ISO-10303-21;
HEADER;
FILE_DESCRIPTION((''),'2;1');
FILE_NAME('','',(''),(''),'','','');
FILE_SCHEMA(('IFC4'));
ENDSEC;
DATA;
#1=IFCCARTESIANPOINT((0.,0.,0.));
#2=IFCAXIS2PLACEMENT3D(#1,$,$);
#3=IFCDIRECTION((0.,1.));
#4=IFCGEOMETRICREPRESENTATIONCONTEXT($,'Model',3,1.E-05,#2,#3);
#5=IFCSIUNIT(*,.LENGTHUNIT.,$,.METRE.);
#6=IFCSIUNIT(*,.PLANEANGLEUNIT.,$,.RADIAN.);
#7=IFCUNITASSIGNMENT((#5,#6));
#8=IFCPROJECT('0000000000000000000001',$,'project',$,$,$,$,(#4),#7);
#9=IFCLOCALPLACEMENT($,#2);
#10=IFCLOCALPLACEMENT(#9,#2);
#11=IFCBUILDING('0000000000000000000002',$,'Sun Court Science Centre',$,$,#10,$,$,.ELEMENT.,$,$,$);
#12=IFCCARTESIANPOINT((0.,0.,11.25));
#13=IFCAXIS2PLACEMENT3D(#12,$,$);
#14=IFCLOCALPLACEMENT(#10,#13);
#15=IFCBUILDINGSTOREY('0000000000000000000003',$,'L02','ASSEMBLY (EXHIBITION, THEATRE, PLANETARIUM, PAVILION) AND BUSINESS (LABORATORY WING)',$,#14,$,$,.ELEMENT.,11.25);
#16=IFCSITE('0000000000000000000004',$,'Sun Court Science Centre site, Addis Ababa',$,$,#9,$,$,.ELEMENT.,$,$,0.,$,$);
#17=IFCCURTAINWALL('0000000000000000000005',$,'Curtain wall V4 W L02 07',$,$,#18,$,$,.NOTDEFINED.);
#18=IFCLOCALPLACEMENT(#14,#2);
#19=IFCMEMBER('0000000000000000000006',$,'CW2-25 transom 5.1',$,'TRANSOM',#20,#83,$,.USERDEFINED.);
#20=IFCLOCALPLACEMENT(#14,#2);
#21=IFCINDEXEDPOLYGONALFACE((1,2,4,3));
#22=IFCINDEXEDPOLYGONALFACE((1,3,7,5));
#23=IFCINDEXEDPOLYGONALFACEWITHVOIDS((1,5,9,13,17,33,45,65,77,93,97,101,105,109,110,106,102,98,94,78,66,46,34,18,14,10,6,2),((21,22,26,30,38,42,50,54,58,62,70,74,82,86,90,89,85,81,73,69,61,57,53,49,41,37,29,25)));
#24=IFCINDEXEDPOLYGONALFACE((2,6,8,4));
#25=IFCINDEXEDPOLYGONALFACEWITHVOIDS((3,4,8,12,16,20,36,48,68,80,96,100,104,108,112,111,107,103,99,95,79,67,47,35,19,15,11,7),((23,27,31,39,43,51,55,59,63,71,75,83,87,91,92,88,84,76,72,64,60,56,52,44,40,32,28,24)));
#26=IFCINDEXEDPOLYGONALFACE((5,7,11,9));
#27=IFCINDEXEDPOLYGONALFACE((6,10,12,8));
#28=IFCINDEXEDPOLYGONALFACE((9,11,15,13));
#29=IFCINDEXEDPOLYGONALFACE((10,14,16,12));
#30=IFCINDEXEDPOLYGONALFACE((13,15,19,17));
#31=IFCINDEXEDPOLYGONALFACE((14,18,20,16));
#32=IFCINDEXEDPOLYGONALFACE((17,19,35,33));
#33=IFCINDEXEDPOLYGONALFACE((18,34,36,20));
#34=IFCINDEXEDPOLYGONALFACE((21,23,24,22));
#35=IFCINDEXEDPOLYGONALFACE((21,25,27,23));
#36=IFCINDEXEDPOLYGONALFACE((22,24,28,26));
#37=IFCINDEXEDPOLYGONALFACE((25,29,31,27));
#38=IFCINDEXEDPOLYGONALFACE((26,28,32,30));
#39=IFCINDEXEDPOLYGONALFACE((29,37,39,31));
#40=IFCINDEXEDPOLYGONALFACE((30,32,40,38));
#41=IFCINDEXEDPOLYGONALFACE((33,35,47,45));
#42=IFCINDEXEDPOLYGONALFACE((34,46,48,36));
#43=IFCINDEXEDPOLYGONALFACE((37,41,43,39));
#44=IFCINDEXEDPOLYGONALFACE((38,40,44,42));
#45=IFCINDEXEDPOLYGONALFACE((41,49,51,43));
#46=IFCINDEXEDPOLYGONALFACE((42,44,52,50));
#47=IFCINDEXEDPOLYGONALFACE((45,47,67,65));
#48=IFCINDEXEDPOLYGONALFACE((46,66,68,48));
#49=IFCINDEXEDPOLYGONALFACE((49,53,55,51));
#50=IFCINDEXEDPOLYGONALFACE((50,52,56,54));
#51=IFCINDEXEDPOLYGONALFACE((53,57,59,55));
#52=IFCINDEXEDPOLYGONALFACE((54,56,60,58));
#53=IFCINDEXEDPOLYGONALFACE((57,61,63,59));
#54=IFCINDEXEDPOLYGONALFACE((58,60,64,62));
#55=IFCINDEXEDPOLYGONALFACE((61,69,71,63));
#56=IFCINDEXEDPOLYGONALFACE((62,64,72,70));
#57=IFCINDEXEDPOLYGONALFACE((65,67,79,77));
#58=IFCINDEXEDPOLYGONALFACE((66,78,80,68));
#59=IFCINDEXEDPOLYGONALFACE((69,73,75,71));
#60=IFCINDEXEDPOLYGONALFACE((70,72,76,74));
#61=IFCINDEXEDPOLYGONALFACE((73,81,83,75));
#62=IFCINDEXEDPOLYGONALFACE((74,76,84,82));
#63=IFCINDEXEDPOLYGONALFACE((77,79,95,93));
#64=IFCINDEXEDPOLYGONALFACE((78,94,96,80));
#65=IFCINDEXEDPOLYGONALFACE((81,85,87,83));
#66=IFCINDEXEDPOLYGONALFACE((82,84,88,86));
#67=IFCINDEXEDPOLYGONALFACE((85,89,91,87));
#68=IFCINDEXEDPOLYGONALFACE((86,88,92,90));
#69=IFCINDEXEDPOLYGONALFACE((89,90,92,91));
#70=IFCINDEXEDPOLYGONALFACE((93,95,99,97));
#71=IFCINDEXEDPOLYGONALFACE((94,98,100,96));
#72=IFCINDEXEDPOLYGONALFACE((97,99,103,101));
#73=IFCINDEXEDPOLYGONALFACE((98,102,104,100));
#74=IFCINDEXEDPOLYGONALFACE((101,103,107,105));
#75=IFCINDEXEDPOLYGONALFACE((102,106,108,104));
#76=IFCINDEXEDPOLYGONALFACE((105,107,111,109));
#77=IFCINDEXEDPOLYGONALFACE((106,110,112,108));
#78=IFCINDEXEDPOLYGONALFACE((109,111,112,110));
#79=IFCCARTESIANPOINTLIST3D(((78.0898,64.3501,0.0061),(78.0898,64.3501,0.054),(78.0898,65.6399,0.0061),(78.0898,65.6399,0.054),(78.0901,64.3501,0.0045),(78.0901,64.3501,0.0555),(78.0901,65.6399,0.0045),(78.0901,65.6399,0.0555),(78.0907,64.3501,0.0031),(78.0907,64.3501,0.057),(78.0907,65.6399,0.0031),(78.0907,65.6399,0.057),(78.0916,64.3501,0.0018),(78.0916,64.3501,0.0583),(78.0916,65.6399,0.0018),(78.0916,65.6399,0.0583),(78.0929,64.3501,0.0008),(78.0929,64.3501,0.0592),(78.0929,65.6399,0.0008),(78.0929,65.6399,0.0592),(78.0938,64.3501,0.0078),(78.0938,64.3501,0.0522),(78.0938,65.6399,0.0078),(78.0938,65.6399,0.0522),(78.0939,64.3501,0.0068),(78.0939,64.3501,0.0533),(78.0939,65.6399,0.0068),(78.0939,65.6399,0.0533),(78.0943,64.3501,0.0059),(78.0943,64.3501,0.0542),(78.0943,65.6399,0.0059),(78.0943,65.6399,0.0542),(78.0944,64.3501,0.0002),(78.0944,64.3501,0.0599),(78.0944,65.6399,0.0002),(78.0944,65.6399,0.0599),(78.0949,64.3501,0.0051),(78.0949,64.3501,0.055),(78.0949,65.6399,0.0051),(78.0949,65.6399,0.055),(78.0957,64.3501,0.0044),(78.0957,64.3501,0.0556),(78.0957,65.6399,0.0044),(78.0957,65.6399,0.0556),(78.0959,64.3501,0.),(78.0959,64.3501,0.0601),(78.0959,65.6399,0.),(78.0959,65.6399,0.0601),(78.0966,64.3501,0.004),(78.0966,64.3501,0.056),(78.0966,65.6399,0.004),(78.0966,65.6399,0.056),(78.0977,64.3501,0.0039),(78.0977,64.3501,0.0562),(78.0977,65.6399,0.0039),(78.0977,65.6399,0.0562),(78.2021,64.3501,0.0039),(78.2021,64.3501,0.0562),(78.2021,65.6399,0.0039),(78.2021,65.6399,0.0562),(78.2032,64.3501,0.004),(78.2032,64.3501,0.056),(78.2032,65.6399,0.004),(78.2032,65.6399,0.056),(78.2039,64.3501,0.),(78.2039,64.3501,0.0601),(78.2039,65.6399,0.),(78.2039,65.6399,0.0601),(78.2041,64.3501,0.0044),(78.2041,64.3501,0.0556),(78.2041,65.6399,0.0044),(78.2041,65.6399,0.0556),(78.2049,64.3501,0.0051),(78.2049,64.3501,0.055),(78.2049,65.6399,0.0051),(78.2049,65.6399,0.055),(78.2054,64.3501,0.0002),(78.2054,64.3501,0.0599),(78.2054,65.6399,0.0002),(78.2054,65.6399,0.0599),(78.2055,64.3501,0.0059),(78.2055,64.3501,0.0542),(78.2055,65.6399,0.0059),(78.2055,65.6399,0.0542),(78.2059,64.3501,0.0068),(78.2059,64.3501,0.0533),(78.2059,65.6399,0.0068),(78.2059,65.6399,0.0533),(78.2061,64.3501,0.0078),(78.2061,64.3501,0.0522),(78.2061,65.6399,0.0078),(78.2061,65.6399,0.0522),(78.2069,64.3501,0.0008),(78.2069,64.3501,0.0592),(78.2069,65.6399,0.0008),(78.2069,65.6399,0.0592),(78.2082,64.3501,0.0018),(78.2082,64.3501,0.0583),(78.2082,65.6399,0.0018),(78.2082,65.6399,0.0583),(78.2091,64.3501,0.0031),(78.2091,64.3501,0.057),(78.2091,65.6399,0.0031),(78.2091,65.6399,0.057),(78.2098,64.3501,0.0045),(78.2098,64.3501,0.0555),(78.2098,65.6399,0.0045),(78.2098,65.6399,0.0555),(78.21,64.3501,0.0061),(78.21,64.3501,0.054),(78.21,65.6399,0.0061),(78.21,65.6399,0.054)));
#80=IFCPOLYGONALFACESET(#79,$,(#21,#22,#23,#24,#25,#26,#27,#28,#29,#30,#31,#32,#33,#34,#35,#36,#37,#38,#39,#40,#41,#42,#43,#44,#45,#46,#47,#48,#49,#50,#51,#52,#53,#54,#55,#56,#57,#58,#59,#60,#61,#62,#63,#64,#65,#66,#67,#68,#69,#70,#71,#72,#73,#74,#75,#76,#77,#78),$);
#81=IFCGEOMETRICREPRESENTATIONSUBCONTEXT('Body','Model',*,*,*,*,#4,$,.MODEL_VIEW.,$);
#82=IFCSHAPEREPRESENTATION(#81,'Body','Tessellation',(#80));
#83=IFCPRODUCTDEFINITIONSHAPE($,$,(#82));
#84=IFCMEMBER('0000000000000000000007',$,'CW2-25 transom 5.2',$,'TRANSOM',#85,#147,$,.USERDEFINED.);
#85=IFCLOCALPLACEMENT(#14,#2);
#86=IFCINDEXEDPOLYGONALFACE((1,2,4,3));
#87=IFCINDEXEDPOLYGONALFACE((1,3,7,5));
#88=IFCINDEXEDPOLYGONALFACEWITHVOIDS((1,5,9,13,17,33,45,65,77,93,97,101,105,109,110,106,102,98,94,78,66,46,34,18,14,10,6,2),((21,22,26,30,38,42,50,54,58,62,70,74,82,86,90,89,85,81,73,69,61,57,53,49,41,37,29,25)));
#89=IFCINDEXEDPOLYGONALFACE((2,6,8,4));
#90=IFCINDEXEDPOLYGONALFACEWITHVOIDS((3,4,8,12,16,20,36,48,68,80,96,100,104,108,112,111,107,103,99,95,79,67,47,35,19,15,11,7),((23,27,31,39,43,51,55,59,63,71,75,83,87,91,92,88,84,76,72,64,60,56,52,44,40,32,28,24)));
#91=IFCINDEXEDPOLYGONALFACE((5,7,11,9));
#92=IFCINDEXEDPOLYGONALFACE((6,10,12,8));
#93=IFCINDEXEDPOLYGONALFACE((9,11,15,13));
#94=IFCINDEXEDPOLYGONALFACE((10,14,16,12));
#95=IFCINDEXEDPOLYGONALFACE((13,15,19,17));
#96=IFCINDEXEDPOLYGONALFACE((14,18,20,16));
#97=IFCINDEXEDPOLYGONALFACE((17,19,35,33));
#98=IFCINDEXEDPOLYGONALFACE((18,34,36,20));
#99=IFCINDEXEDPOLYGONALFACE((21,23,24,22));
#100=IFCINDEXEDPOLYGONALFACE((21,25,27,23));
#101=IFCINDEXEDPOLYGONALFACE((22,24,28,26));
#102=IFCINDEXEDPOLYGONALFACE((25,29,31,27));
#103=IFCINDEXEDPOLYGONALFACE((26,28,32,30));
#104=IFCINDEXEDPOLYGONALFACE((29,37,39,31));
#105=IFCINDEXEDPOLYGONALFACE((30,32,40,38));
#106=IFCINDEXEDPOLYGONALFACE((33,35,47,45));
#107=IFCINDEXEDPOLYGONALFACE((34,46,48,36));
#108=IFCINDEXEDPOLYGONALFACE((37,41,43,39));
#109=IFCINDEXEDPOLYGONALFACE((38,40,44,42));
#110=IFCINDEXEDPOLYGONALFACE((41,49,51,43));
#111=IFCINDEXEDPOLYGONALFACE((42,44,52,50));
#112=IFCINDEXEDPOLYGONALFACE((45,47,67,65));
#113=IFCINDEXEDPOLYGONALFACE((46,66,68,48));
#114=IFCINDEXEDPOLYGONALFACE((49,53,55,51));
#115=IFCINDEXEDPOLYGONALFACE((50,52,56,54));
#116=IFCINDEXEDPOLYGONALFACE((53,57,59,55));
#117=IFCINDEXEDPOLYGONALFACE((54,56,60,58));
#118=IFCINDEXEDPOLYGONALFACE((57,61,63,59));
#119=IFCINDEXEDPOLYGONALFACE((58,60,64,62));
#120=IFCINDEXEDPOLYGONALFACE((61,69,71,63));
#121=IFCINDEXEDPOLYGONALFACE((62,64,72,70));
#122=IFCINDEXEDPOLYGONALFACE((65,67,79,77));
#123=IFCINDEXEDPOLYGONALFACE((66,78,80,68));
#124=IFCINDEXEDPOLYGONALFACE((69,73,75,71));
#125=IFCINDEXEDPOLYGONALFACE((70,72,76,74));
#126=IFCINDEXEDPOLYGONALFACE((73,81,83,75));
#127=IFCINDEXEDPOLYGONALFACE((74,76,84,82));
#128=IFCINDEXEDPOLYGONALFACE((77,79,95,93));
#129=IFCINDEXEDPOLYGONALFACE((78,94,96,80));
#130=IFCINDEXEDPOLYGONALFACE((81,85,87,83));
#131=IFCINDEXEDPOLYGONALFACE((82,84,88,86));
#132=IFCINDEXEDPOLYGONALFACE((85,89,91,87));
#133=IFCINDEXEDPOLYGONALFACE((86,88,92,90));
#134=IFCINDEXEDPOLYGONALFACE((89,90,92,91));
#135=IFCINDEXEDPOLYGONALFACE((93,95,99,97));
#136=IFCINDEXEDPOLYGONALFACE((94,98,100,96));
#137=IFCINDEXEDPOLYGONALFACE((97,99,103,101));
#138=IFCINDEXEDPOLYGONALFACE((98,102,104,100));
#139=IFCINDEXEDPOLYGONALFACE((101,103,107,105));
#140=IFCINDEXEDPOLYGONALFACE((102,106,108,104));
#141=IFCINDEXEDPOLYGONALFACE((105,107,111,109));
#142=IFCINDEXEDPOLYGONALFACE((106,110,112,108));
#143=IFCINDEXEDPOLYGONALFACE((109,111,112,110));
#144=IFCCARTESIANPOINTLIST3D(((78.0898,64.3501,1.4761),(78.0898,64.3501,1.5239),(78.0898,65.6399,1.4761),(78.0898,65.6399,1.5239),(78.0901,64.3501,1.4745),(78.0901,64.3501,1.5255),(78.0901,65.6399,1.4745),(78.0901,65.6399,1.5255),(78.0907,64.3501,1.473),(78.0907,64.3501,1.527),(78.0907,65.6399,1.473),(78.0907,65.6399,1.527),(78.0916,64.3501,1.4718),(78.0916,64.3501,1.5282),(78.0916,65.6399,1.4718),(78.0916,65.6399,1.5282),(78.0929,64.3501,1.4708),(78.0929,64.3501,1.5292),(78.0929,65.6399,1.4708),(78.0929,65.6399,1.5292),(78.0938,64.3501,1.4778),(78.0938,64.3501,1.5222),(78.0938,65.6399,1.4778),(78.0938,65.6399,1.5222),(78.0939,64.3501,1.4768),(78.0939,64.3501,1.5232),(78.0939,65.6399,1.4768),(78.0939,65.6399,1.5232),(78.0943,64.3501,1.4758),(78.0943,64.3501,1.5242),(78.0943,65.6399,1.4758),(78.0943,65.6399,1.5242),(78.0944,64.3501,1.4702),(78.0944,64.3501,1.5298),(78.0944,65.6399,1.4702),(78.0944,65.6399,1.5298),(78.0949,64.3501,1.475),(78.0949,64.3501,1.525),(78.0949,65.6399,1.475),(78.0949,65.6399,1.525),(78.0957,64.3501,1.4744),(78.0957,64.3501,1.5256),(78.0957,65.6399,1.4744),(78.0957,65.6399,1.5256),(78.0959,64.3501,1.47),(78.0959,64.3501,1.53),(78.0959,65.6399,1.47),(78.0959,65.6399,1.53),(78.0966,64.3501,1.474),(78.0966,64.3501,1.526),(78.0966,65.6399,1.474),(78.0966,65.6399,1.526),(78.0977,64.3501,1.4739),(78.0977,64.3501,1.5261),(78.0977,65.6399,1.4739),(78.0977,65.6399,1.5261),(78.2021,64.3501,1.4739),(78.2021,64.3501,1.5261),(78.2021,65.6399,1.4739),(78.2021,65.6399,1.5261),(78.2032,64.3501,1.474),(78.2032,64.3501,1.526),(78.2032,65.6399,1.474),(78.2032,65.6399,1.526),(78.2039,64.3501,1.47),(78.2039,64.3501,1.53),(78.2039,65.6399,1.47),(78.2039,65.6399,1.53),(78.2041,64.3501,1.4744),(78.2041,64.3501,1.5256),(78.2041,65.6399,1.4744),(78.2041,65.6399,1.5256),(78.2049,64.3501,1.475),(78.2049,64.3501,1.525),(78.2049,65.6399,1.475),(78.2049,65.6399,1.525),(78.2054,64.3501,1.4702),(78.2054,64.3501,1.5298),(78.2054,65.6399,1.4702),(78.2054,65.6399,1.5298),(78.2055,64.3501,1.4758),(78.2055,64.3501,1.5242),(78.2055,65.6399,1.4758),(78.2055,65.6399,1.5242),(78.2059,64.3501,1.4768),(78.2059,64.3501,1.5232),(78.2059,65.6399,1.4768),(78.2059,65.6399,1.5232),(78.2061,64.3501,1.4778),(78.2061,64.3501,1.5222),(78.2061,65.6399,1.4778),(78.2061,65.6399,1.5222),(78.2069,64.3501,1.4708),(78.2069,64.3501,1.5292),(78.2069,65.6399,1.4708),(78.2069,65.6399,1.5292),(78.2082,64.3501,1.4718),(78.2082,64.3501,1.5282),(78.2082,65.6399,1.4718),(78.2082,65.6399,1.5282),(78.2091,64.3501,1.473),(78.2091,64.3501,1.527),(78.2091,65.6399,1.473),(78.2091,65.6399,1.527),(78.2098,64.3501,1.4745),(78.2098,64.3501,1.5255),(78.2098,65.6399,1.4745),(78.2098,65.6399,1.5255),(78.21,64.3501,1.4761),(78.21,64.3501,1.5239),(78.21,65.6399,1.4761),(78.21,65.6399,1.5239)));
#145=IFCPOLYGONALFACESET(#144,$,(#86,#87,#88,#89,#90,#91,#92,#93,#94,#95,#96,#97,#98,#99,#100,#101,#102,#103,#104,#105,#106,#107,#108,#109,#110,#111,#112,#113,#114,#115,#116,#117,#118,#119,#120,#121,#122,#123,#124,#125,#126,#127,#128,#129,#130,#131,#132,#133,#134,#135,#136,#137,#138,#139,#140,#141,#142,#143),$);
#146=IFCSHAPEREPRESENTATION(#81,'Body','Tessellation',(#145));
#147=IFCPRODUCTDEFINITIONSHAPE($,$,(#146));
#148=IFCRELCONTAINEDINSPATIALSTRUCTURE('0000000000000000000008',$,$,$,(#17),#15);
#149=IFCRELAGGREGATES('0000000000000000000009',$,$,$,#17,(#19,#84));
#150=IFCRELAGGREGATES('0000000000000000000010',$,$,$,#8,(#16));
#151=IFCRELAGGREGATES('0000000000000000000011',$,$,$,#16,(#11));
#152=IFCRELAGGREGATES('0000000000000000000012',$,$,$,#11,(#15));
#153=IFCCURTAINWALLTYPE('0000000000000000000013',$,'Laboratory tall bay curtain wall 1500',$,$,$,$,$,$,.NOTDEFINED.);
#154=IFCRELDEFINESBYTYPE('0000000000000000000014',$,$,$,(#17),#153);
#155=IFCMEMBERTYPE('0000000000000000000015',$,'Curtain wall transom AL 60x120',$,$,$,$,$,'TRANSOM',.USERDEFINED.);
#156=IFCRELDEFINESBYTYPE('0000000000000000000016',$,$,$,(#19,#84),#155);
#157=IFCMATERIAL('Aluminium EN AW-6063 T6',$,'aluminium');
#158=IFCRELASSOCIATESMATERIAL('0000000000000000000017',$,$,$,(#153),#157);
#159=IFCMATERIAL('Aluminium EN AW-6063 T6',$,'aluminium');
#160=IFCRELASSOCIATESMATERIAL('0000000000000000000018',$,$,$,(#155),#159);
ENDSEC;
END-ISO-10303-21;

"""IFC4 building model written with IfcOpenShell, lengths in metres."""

from ifc_helpers import new_model, si_unit, direction, frame, origin, origin_2d, place, context, subcontext, project, spatial, hollow_rectangle, extrude, material, material_profile, profile_set, type_object, element, aggregate, save


model = new_model("IFC4")

# Units and contexts
model_context = context("Model", 3, precision=1e-05, world=origin(), true_north=direction((0.0, 1.0)))
body_context = subcontext(model_context, "Body", "Model", "MODEL_VIEW")
ifc_project = project(units=[si_unit("LENGTHUNIT", "METRE"), si_unit("PLANEANGLEUNIT", "RADIAN")], contexts=[model_context])

# Site, building, storey
site_placement = place(None, origin())
site = spatial("IfcSite", under=ifc_project, at=site_placement, Name="Sun Court Science Centre site, Addis Ababa", CompositionType="ELEMENT", RefElevation=0.0)
building_placement = place(site_placement, origin())
building = spatial("IfcBuilding", under=site, at=building_placement, Name="Sun Court Science Centre", CompositionType="ELEMENT")
storey_placement = place(building_placement, frame((0.0, 0.0, 11.25)))
storey = spatial("IfcBuildingStorey", under=building, at=storey_placement, Name="L02", Description="ASSEMBLY (EXHIBITION, THEATRE, PLANETARIUM, PAVILION) AND BUSINESS (LABORATORY WING)", CompositionType="ELEMENT", Elevation=11.25)

# Curtain wall
ifc_material_1 = material(Name="Aluminium EN AW-6063 T6", Category="aluminium")
curtain_wall_type = type_object("IfcCurtainWallType", Name="Laboratory tall bay curtain wall 1500", PredefinedType="NOTDEFINED", material=ifc_material_1)
curtain_wall_1_placement = place(storey_placement, origin())
curtain_wall_1 = element("IfcCurtainWall", 1, at=curtain_wall_1_placement, inside=storey, type_object=curtain_wall_type, Name="Curtain wall V4 W L02 07", PredefinedType="NOTDEFINED")

# Members
ifc_material_2 = material(Name="Aluminium EN AW-6063 T6", Category="aluminium")
ifc_material_profile_1 = material_profile(ifc_material_2, hollow_rectangle(XDim=0.0601, YDim=0.1201, WallThickness=0.0039, InnerFilletRadius=0.0039, OuterFilletRadius=0.0061, at=origin_2d()), Name="AL 60x120x4")
ifc_profile_set_1 = profile_set([ifc_material_profile_1], Name="Aluminium EN AW-6063 T6")
member_type_1 = type_object("IfcMemberType", Name="Curtain wall transom AL 60x120", ElementType="TRANSOM", PredefinedType="USERDEFINED", material=ifc_profile_set_1)
member_1_placement = place(storey_placement, frame((78.1499, 64.3501, 0.03), z_axis=(0.0, 1.0, 0.0), x_axis=(0.0, 0.0, 1.0)))
member_1 = element("IfcMember", 2, at=member_1_placement, type_object=member_type_1, Name="CW2-25 transom 5.1", ObjectType="TRANSOM", PredefinedType="USERDEFINED", context=body_context, shape_type="SweptSolid", body=[
    extrude(hollow_rectangle(XDim=0.0601, YDim=0.1201, WallThickness=0.0039, InnerFilletRadius=0.0039, OuterFilletRadius=0.0061, at=origin_2d()), origin(), (0.0, 0.0, 1.0), 1.2898),
])
member_2_placement = place(storey_placement, frame((78.1499, 64.3501, 1.5), z_axis=(0.0, 1.0, 0.0), x_axis=(0.0, 0.0, 1.0)))
member_2 = element("IfcMember", 3, at=member_2_placement, type_object=member_type_1, Name="CW2-25 transom 5.2", ObjectType="TRANSOM", PredefinedType="USERDEFINED", context=body_context, shape_type="SweptSolid", body=[
    extrude(hollow_rectangle(XDim=0.0601, YDim=0.1201, WallThickness=0.0039, InnerFilletRadius=0.0039, OuterFilletRadius=0.0061, at=origin_2d()), origin(), (0.0, 0.0, 1.0), 1.2898),
])

aggregate(curtain_wall_1, [member_1, member_2])

save(model, "model.ifc")
